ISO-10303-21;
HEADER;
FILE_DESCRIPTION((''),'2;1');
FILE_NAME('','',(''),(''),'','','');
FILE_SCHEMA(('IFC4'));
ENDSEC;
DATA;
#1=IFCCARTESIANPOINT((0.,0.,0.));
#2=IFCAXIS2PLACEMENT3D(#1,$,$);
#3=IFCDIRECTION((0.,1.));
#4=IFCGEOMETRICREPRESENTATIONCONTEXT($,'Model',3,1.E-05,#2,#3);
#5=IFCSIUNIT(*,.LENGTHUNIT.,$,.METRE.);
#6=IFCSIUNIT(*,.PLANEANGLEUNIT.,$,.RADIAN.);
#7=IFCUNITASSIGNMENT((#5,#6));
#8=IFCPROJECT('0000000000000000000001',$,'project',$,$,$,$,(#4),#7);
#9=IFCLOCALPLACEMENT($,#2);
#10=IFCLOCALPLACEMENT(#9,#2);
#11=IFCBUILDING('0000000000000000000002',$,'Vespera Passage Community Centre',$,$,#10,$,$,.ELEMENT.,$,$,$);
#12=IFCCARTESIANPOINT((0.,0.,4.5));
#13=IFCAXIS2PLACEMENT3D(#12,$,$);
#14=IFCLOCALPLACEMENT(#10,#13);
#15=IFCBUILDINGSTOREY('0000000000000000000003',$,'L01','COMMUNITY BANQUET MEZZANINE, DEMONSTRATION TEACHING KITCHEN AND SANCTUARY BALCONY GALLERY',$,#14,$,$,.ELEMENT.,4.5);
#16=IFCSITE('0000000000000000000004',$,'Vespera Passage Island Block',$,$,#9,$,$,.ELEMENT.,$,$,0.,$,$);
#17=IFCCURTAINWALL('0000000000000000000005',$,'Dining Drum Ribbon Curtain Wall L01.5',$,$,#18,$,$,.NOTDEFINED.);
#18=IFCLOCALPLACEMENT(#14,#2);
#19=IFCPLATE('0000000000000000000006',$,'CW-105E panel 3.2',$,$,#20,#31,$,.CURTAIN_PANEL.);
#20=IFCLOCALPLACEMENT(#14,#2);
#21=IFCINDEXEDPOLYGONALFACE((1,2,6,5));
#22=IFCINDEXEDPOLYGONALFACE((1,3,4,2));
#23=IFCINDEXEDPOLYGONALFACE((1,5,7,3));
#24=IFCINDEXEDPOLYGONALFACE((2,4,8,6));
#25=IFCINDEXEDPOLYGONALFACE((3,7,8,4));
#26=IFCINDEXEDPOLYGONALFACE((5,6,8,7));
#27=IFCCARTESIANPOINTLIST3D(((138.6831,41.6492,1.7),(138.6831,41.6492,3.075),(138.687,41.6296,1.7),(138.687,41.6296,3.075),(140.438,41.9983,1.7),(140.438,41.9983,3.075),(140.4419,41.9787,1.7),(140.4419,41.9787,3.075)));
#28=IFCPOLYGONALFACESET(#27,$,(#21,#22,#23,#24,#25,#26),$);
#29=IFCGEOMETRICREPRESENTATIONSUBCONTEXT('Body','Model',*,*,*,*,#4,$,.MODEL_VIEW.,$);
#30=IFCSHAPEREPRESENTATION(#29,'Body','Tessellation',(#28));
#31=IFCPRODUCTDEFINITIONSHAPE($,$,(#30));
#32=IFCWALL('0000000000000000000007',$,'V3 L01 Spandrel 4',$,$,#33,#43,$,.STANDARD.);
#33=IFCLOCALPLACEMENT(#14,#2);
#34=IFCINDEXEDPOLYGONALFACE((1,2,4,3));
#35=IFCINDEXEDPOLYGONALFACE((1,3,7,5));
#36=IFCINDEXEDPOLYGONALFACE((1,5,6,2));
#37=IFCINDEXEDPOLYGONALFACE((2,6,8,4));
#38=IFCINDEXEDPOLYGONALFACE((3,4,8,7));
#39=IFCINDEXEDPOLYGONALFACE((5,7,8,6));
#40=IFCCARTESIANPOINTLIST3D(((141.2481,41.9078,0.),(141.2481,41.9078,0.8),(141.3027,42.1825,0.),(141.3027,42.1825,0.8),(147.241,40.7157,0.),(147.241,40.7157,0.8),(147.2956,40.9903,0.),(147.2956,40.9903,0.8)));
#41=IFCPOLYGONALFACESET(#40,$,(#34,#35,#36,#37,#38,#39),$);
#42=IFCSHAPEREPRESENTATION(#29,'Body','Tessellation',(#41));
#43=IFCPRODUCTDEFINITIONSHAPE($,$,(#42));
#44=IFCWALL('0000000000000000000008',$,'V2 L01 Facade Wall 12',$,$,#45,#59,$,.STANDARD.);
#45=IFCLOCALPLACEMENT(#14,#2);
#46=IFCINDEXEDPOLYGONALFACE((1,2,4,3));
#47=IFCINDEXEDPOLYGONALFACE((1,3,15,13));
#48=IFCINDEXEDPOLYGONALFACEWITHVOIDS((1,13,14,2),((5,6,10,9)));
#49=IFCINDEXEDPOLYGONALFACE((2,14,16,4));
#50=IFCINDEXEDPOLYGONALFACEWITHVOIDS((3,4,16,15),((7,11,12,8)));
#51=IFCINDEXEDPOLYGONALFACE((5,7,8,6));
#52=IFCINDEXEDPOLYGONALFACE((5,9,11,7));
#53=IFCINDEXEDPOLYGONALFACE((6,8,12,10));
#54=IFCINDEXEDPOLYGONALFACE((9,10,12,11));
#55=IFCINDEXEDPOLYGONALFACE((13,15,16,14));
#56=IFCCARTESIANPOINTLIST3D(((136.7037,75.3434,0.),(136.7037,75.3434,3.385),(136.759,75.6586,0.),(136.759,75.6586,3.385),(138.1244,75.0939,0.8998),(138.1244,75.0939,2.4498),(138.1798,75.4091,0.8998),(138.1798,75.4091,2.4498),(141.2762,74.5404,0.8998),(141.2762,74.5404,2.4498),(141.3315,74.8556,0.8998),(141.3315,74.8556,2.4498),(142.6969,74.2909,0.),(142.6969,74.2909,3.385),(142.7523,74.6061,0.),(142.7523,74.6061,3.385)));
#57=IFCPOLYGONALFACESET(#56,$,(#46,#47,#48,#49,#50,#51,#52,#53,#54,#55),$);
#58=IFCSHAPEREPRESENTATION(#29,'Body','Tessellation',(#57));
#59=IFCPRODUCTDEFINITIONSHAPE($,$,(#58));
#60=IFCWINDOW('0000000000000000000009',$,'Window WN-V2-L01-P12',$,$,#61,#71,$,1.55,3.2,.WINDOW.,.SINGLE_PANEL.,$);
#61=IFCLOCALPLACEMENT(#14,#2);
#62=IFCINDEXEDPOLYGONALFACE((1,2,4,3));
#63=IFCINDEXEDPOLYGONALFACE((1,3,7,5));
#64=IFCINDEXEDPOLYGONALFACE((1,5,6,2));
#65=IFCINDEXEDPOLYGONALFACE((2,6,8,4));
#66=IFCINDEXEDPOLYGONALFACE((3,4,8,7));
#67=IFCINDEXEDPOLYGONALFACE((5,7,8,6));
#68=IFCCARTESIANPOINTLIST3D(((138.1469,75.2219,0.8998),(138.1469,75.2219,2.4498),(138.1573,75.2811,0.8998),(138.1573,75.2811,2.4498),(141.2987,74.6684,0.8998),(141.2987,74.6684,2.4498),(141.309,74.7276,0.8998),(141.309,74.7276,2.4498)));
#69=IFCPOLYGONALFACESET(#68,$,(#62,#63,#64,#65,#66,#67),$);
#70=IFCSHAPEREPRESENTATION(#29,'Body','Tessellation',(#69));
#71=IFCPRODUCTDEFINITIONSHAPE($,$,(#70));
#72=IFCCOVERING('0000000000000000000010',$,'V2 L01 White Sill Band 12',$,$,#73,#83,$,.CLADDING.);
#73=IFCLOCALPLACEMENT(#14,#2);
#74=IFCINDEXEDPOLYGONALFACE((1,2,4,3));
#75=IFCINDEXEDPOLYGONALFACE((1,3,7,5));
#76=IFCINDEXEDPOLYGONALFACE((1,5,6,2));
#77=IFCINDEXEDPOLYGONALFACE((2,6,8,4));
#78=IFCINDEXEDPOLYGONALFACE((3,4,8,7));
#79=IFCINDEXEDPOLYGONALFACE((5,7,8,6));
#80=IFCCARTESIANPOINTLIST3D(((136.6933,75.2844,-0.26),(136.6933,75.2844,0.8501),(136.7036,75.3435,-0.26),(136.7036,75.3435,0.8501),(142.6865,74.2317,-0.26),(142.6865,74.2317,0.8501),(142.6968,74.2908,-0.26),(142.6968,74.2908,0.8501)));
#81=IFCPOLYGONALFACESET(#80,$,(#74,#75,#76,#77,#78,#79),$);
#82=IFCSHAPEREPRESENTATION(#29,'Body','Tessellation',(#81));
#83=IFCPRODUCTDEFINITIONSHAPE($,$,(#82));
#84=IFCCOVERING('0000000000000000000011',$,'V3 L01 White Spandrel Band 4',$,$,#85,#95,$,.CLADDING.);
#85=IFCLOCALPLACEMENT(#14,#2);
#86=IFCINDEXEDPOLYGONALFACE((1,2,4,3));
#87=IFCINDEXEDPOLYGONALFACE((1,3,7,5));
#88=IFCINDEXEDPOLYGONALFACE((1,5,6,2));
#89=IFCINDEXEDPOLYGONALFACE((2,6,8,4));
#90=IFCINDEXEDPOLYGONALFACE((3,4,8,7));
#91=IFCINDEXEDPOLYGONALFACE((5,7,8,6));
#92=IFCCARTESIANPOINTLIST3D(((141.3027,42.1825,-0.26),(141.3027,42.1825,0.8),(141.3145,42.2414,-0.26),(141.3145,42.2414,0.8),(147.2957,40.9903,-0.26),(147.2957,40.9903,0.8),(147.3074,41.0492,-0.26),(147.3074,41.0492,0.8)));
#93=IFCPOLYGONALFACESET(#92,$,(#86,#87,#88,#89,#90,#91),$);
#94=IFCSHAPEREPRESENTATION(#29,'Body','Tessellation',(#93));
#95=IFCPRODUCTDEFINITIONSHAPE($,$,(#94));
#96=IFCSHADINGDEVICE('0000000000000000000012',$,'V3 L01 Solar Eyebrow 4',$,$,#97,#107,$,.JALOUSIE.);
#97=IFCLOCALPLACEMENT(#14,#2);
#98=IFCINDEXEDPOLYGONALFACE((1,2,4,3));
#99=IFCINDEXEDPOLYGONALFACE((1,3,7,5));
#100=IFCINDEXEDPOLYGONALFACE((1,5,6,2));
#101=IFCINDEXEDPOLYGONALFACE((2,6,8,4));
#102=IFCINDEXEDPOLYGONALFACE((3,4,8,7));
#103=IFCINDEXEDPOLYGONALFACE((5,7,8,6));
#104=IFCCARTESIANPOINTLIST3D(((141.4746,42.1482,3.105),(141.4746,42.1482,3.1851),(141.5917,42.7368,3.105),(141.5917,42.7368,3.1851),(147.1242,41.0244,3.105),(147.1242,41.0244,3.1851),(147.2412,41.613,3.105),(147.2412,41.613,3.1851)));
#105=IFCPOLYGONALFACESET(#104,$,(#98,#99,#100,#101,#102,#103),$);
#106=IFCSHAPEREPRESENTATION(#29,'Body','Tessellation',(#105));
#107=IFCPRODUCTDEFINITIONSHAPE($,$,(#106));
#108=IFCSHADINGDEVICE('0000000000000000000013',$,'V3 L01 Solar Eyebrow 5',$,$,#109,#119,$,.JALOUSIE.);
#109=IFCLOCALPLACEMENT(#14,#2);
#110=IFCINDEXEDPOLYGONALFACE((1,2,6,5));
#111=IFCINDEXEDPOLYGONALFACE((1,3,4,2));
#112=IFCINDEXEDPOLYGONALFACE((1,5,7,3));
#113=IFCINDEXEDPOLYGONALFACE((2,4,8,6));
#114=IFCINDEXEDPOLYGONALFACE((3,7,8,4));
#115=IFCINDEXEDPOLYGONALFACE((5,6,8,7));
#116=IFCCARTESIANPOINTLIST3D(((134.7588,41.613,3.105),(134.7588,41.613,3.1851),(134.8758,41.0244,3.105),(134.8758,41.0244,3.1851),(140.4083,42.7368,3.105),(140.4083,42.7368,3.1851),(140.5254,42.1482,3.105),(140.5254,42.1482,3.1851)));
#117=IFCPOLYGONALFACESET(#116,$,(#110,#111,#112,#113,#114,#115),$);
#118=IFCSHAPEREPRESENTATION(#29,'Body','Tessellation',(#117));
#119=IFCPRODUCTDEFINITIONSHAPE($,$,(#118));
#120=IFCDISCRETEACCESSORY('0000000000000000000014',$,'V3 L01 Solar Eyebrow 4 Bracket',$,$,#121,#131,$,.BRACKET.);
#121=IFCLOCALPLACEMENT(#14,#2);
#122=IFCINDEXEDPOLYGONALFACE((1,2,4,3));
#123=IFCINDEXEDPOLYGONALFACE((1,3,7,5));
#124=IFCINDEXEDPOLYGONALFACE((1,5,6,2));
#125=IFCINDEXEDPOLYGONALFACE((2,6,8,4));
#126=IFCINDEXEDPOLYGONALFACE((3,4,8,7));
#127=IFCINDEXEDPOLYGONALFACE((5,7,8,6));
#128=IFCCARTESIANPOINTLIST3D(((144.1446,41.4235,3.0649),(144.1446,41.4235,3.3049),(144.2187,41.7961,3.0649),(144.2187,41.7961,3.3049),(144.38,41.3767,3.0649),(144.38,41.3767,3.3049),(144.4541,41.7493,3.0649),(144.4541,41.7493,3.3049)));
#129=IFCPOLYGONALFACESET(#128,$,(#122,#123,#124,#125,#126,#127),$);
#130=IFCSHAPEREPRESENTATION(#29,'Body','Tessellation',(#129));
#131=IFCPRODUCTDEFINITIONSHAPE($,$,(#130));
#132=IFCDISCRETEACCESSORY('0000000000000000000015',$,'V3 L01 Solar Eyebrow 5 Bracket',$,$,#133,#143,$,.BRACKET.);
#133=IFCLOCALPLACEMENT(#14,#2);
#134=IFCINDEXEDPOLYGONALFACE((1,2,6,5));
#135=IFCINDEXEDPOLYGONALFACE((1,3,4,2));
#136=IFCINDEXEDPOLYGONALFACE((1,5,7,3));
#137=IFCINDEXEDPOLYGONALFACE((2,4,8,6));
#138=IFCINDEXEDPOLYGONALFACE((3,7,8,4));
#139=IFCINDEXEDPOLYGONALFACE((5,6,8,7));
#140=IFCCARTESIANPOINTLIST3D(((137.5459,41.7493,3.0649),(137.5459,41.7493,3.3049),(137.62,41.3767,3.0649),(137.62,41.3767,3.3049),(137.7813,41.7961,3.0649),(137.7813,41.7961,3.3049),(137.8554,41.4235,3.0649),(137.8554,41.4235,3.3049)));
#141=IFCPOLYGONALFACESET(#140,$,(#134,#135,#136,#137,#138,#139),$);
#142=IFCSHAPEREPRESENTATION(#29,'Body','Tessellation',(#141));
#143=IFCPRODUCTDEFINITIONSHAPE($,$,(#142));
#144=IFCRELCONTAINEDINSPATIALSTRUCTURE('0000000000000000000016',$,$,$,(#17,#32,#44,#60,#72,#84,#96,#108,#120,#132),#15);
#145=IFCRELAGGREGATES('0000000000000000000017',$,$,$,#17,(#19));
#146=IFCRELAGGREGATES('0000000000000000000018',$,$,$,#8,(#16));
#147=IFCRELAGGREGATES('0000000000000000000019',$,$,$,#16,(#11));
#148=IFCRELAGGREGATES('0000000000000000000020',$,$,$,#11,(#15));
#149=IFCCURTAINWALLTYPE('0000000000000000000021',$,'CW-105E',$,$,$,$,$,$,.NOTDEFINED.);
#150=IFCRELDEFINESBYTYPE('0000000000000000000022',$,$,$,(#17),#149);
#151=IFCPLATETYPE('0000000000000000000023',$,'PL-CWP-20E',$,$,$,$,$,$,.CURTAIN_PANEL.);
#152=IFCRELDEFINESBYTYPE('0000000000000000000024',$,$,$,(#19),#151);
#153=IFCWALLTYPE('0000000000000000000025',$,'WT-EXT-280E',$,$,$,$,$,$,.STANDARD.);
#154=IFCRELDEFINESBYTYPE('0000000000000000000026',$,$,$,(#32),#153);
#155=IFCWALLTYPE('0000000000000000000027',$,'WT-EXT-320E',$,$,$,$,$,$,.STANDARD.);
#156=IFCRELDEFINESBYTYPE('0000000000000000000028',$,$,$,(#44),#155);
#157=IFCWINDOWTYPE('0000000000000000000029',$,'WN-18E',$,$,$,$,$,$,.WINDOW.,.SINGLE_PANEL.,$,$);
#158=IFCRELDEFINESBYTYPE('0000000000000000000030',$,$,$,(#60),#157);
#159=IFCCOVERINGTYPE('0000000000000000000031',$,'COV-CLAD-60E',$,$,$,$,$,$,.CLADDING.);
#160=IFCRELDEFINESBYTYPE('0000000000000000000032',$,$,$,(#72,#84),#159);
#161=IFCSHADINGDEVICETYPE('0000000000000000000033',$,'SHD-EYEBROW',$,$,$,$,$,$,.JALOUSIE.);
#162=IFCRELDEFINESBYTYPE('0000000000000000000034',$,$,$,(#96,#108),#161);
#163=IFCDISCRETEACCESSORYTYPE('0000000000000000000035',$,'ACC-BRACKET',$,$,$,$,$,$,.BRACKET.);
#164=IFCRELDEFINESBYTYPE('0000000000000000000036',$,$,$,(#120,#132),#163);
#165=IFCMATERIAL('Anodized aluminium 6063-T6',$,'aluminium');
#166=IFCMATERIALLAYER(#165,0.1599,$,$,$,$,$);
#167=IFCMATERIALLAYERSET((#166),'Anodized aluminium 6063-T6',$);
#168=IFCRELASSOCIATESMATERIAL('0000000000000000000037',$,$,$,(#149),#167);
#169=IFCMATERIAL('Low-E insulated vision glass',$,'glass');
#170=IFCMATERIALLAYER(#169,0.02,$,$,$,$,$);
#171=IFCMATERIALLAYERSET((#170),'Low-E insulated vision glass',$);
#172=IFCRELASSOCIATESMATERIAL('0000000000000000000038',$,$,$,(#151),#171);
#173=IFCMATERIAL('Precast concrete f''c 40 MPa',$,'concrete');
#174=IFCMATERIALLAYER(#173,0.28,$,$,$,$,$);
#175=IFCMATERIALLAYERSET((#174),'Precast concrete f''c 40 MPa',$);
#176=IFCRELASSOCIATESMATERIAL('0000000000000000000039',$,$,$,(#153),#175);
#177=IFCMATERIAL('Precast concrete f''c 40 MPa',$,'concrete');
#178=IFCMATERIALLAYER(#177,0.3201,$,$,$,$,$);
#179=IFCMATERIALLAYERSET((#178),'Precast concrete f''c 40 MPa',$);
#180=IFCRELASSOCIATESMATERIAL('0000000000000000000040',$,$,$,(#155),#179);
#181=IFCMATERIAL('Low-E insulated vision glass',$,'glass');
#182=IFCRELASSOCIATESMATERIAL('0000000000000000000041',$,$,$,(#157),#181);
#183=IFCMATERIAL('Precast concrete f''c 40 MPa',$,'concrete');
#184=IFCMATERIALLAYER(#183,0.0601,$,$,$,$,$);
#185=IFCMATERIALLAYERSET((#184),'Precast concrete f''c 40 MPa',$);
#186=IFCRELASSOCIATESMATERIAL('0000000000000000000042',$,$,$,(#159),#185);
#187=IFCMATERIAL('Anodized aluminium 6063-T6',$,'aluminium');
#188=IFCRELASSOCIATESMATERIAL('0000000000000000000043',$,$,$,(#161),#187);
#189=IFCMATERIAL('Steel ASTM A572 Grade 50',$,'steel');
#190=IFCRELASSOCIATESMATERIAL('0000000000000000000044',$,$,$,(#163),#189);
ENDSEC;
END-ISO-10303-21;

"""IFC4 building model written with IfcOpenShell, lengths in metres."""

from ifc_helpers import new_model, si_unit, direction, frame, frame_2d, origin, origin_2d, place, context, subcontext, project, spatial, rectangle, extrude, material, layer, layer_set, type_object, element, fill, aggregate, save


model = new_model("IFC4")

# Units and contexts
model_context = context("Model", 3, precision=1e-05, world=origin(), true_north=direction((0.0, 1.0)))
body_context = subcontext(model_context, "Body", "Model", "MODEL_VIEW")
ifc_project = project(units=[si_unit("LENGTHUNIT", "METRE"), si_unit("PLANEANGLEUNIT", "RADIAN")], contexts=[model_context])

# Site, building, storey
site_placement = place(None, origin())
site = spatial("IfcSite", under=ifc_project, at=site_placement, Name="Vespera Passage Island Block", CompositionType="ELEMENT", RefElevation=0.0)
building_placement = place(site_placement, origin())
building = spatial("IfcBuilding", under=site, at=building_placement, Name="Vespera Passage Community Centre", CompositionType="ELEMENT")
storey_placement = place(building_placement, frame((0.0, 0.0, 4.5)))
storey = spatial("IfcBuildingStorey", under=building, at=storey_placement, Name="L01", Description="COMMUNITY BANQUET MEZZANINE, DEMONSTRATION TEACHING KITCHEN AND SANCTUARY BALCONY GALLERY", CompositionType="ELEMENT", Elevation=4.5)

# Curtain wall
ifc_material_1 = material(Name="Anodized aluminium 6063-T6", Category="aluminium")
ifc_layer_1 = layer(ifc_material_1, 0.1599)
ifc_layer_set_1 = layer_set([ifc_layer_1], Name="Anodized aluminium 6063-T6")
curtain_wall_type = type_object("IfcCurtainWallType", Name="CW-105E", PredefinedType="NOTDEFINED", material=ifc_layer_set_1)
curtain_wall_1_placement = place(storey_placement, origin())
curtain_wall_1 = element("IfcCurtainWall", 1, at=curtain_wall_1_placement, inside=storey, type_object=curtain_wall_type, Name="Dining Drum Ribbon Curtain Wall L01.5", PredefinedType="NOTDEFINED")

# Plate
ifc_material_2 = material(Name="Low-E insulated vision glass", Category="glass")
ifc_layer_2 = layer(ifc_material_2, 0.02)
ifc_layer_set_2 = layer_set([ifc_layer_2], Name="Low-E insulated vision glass")
plate_type = type_object("IfcPlateType", Name="PL-CWP-20E", PredefinedType="CURTAIN_PANEL", material=ifc_layer_set_2)
plate_1_placement = place(storey_placement, frame((139.5625, 41.814, 1.7), z_axis=(0.0, 0.0, 1.0), x_axis=(0.980784, 0.195097, 0.0)))
plate_1 = element("IfcPlate", 2, at=plate_1_placement, type_object=plate_type, Name="CW-105E panel 3.2", PredefinedType="CURTAIN_PANEL", context=body_context, shape_type="SweptSolid", body=[
    extrude(rectangle(XDim=1.7893, YDim=0.02, at=origin_2d()), origin(), (0.0, 0.0, 1.0), 1.375),
])
aggregate(curtain_wall_1, [plate_1])

# Wall
ifc_material_3 = material(Name="Precast concrete f'c 40 MPa", Category="concrete")
ifc_layer_3 = layer(ifc_material_3, 0.28)
ifc_layer_set_3 = layer_set([ifc_layer_3], Name="Precast concrete f'c 40 MPa")
wall_type_1 = type_object("IfcWallType", Name="WT-EXT-280E", PredefinedType="STANDARD", material=ifc_layer_set_3)
wall_1_placement = place(storey_placement, frame((141.2754, 42.0452, 0.0), z_axis=(0.0, 0.0, 1.0), x_axis=(0.980783, -0.195102, 0.0)))
element("IfcWall", 3, at=wall_1_placement, inside=storey, type_object=wall_type_1, Name="V3 L01 Spandrel 4", PredefinedType="STANDARD", context=body_context, shape_type="SweptSolid", body=[
    extrude(rectangle(XDim=6.1104, YDim=0.28, at=frame_2d((3.0552, 0.0))), origin(), (0.0, 0.0, 1.0), 0.8),
])

# Wall, opening, window
ifc_material_4 = material(Name="Precast concrete f'c 40 MPa", Category="concrete")
ifc_layer_4 = layer(ifc_material_4, 0.3201)
ifc_layer_set_4 = layer_set([ifc_layer_4], Name="Precast concrete f'c 40 MPa")
wall_type_2 = type_object("IfcWallType", Name="WT-EXT-320E", PredefinedType="STANDARD", material=ifc_layer_set_4)
wall_2_placement = place(storey_placement, frame((142.7246, 74.4485, 0.0), z_axis=(0.0, 0.0, 1.0), x_axis=(-0.984927, 0.172968, 0.0)))
wall_2 = element("IfcWall", 4, at=wall_2_placement, inside=storey, type_object=wall_type_2, Name="V2 L01 Facade Wall 12", PredefinedType="STANDARD", context=body_context, shape_type="SweptSolid", body=[
    extrude(rectangle(XDim=6.085, YDim=0.3201, at=frame_2d((3.0425, 0.0))), origin(), (0.0, 0.0, 1.0), 3.385),
])
opening_placement = place(wall_2_placement, frame((1.4424, 0.0, 0.8999)))
opening = element("IfcOpeningElement", 5, at=opening_placement, cuts=wall_2, PredefinedType="OPENING", context=body_context, shape_type="SweptSolid", body=[
    extrude(rectangle(XDim=3.2, YDim=1.55, at=frame_2d((1.6001, 0.7749))), frame((0.0, 0.1702, 0.0), z_axis=(0.0, -1.0, 0.0), x_axis=(1.0, 0.0, 0.0)), (0.0, 0.0, 1.0), 0.3401),
])
ifc_material_5 = material(Name="Low-E insulated vision glass", Category="glass")
window_type = type_object("IfcWindowType", Name="WN-18E", PartitioningType="SINGLE_PANEL", PredefinedType="WINDOW", material=ifc_material_5)
window_placement = place(opening_placement, origin())
window = element("IfcWindow", 6, at=window_placement, inside=storey, type_object=window_type, Name="Window WN-V2-L01-P12", OverallHeight=1.55, OverallWidth=3.2, PartitioningType="SINGLE_PANEL", PredefinedType="WINDOW", context=body_context, shape_type="SweptSolid", body=[
    extrude(rectangle(XDim=3.2, YDim=1.55, at=frame_2d((1.6001, 0.7749))), frame((0.0, 0.03, 0.0), z_axis=(0.0, -1.0, 0.0), x_axis=(1.0, 0.0, 0.0)), (0.0, 0.0, 1.0), 0.0601),
])
fill(opening, window)

# Coverings
ifc_material_6 = material(Name="Precast concrete f'c 40 MPa", Category="concrete")
ifc_layer_5 = layer(ifc_material_6, 0.0601)
ifc_layer_set_5 = layer_set([ifc_layer_5], Name="Precast concrete f'c 40 MPa")
covering_type = type_object("IfcCoveringType", Name="COV-CLAD-60E", PredefinedType="CLADDING", material=ifc_layer_set_5)
covering_1_placement = place(storey_placement, frame((142.6917, 74.2612, -0.26), z_axis=(0.0, 0.0, 1.0), x_axis=(-0.984921, 0.173007, 0.0)))
element("IfcCovering", 7, at=covering_1_placement, inside=storey, type_object=covering_type, Name="V2 L01 White Sill Band 12", PredefinedType="CLADDING", context=body_context, shape_type="SweptSolid", body=[
    extrude(rectangle(XDim=6.085, YDim=0.0601, at=frame_2d((3.0425, 0.0))), origin(), (0.0, 0.0, 1.0), 1.1101),
])
covering_2_placement = place(storey_placement, frame((141.3086, 42.2119, -0.26), z_axis=(0.0, 0.0, 1.0), x_axis=(0.980783, -0.195102, 0.0)))
element("IfcCovering", 8, at=covering_2_placement, inside=storey, type_object=covering_type, Name="V3 L01 White Spandrel Band 4", PredefinedType="CLADDING", context=body_context, shape_type="SweptSolid", body=[
    extrude(rectangle(XDim=6.1104, YDim=0.0601, at=frame_2d((3.0552, 0.0))), origin(), (0.0, 0.0, 1.0), 1.0601),
])

# Shading devices
ifc_material_7 = material(Name="Anodized aluminium 6063-T6", Category="aluminium")
shading_device_type = type_object("IfcShadingDeviceType", Name="SHD-EYEBROW", PredefinedType="JALOUSIE", material=ifc_material_7)
for number, where, z_axis, x_axis, name in (
    (9, (144.3579, 41.8806, 3.105), (0.0, 0.0, 1.0), (0.980785, -0.19509, 0.0), "V3 L01 Solar Eyebrow 4"),
    (10, (137.6421, 41.8806, 3.105), (0.0, 0.0, 1.0), (0.980785, 0.19509, 0.0), "V3 L01 Solar Eyebrow 5"),
):
    element("IfcShadingDevice", number, at=place(storey_placement, frame(where, z_axis=z_axis, x_axis=x_axis)), inside=storey, type_object=shading_device_type, Name=name, PredefinedType="JALOUSIE", context=body_context, shape_type="SweptSolid", body=[
        extrude(rectangle(XDim=5.7603, YDim=0.6001, at=origin_2d()), origin(), (0.0, 0.0, 1.0), 0.0801),
    ])

# Discrete accessories
ifc_material_8 = material(Name="Steel ASTM A572 Grade 50", Category="steel")
discrete_accessory_type = type_object("IfcDiscreteAccessoryType", Name="ACC-BRACKET", PredefinedType="BRACKET", material=ifc_material_8)
for number, where, z_axis, x_axis, name in (
    (11, (144.2993, 41.5864, 3.0649), (0.0, 0.0, 1.0), (0.980785, -0.19509, 0.0), "V3 L01 Solar Eyebrow 4 Bracket"),
    (12, (137.7007, 41.5864, 3.0649), (0.0, 0.0, 1.0), (0.980785, 0.19509, 0.0), "V3 L01 Solar Eyebrow 5 Bracket"),
):
    element("IfcDiscreteAccessory", number, at=place(storey_placement, frame(where, z_axis=z_axis, x_axis=x_axis)), inside=storey, type_object=discrete_accessory_type, Name=name, PredefinedType="BRACKET", context=body_context, shape_type="SweptSolid", body=[
        extrude(rectangle(XDim=0.24, YDim=0.3799, at=origin_2d()), origin(), (0.0, 0.0, 1.0), 0.24),
    ])

save(model, "model.ifc")
